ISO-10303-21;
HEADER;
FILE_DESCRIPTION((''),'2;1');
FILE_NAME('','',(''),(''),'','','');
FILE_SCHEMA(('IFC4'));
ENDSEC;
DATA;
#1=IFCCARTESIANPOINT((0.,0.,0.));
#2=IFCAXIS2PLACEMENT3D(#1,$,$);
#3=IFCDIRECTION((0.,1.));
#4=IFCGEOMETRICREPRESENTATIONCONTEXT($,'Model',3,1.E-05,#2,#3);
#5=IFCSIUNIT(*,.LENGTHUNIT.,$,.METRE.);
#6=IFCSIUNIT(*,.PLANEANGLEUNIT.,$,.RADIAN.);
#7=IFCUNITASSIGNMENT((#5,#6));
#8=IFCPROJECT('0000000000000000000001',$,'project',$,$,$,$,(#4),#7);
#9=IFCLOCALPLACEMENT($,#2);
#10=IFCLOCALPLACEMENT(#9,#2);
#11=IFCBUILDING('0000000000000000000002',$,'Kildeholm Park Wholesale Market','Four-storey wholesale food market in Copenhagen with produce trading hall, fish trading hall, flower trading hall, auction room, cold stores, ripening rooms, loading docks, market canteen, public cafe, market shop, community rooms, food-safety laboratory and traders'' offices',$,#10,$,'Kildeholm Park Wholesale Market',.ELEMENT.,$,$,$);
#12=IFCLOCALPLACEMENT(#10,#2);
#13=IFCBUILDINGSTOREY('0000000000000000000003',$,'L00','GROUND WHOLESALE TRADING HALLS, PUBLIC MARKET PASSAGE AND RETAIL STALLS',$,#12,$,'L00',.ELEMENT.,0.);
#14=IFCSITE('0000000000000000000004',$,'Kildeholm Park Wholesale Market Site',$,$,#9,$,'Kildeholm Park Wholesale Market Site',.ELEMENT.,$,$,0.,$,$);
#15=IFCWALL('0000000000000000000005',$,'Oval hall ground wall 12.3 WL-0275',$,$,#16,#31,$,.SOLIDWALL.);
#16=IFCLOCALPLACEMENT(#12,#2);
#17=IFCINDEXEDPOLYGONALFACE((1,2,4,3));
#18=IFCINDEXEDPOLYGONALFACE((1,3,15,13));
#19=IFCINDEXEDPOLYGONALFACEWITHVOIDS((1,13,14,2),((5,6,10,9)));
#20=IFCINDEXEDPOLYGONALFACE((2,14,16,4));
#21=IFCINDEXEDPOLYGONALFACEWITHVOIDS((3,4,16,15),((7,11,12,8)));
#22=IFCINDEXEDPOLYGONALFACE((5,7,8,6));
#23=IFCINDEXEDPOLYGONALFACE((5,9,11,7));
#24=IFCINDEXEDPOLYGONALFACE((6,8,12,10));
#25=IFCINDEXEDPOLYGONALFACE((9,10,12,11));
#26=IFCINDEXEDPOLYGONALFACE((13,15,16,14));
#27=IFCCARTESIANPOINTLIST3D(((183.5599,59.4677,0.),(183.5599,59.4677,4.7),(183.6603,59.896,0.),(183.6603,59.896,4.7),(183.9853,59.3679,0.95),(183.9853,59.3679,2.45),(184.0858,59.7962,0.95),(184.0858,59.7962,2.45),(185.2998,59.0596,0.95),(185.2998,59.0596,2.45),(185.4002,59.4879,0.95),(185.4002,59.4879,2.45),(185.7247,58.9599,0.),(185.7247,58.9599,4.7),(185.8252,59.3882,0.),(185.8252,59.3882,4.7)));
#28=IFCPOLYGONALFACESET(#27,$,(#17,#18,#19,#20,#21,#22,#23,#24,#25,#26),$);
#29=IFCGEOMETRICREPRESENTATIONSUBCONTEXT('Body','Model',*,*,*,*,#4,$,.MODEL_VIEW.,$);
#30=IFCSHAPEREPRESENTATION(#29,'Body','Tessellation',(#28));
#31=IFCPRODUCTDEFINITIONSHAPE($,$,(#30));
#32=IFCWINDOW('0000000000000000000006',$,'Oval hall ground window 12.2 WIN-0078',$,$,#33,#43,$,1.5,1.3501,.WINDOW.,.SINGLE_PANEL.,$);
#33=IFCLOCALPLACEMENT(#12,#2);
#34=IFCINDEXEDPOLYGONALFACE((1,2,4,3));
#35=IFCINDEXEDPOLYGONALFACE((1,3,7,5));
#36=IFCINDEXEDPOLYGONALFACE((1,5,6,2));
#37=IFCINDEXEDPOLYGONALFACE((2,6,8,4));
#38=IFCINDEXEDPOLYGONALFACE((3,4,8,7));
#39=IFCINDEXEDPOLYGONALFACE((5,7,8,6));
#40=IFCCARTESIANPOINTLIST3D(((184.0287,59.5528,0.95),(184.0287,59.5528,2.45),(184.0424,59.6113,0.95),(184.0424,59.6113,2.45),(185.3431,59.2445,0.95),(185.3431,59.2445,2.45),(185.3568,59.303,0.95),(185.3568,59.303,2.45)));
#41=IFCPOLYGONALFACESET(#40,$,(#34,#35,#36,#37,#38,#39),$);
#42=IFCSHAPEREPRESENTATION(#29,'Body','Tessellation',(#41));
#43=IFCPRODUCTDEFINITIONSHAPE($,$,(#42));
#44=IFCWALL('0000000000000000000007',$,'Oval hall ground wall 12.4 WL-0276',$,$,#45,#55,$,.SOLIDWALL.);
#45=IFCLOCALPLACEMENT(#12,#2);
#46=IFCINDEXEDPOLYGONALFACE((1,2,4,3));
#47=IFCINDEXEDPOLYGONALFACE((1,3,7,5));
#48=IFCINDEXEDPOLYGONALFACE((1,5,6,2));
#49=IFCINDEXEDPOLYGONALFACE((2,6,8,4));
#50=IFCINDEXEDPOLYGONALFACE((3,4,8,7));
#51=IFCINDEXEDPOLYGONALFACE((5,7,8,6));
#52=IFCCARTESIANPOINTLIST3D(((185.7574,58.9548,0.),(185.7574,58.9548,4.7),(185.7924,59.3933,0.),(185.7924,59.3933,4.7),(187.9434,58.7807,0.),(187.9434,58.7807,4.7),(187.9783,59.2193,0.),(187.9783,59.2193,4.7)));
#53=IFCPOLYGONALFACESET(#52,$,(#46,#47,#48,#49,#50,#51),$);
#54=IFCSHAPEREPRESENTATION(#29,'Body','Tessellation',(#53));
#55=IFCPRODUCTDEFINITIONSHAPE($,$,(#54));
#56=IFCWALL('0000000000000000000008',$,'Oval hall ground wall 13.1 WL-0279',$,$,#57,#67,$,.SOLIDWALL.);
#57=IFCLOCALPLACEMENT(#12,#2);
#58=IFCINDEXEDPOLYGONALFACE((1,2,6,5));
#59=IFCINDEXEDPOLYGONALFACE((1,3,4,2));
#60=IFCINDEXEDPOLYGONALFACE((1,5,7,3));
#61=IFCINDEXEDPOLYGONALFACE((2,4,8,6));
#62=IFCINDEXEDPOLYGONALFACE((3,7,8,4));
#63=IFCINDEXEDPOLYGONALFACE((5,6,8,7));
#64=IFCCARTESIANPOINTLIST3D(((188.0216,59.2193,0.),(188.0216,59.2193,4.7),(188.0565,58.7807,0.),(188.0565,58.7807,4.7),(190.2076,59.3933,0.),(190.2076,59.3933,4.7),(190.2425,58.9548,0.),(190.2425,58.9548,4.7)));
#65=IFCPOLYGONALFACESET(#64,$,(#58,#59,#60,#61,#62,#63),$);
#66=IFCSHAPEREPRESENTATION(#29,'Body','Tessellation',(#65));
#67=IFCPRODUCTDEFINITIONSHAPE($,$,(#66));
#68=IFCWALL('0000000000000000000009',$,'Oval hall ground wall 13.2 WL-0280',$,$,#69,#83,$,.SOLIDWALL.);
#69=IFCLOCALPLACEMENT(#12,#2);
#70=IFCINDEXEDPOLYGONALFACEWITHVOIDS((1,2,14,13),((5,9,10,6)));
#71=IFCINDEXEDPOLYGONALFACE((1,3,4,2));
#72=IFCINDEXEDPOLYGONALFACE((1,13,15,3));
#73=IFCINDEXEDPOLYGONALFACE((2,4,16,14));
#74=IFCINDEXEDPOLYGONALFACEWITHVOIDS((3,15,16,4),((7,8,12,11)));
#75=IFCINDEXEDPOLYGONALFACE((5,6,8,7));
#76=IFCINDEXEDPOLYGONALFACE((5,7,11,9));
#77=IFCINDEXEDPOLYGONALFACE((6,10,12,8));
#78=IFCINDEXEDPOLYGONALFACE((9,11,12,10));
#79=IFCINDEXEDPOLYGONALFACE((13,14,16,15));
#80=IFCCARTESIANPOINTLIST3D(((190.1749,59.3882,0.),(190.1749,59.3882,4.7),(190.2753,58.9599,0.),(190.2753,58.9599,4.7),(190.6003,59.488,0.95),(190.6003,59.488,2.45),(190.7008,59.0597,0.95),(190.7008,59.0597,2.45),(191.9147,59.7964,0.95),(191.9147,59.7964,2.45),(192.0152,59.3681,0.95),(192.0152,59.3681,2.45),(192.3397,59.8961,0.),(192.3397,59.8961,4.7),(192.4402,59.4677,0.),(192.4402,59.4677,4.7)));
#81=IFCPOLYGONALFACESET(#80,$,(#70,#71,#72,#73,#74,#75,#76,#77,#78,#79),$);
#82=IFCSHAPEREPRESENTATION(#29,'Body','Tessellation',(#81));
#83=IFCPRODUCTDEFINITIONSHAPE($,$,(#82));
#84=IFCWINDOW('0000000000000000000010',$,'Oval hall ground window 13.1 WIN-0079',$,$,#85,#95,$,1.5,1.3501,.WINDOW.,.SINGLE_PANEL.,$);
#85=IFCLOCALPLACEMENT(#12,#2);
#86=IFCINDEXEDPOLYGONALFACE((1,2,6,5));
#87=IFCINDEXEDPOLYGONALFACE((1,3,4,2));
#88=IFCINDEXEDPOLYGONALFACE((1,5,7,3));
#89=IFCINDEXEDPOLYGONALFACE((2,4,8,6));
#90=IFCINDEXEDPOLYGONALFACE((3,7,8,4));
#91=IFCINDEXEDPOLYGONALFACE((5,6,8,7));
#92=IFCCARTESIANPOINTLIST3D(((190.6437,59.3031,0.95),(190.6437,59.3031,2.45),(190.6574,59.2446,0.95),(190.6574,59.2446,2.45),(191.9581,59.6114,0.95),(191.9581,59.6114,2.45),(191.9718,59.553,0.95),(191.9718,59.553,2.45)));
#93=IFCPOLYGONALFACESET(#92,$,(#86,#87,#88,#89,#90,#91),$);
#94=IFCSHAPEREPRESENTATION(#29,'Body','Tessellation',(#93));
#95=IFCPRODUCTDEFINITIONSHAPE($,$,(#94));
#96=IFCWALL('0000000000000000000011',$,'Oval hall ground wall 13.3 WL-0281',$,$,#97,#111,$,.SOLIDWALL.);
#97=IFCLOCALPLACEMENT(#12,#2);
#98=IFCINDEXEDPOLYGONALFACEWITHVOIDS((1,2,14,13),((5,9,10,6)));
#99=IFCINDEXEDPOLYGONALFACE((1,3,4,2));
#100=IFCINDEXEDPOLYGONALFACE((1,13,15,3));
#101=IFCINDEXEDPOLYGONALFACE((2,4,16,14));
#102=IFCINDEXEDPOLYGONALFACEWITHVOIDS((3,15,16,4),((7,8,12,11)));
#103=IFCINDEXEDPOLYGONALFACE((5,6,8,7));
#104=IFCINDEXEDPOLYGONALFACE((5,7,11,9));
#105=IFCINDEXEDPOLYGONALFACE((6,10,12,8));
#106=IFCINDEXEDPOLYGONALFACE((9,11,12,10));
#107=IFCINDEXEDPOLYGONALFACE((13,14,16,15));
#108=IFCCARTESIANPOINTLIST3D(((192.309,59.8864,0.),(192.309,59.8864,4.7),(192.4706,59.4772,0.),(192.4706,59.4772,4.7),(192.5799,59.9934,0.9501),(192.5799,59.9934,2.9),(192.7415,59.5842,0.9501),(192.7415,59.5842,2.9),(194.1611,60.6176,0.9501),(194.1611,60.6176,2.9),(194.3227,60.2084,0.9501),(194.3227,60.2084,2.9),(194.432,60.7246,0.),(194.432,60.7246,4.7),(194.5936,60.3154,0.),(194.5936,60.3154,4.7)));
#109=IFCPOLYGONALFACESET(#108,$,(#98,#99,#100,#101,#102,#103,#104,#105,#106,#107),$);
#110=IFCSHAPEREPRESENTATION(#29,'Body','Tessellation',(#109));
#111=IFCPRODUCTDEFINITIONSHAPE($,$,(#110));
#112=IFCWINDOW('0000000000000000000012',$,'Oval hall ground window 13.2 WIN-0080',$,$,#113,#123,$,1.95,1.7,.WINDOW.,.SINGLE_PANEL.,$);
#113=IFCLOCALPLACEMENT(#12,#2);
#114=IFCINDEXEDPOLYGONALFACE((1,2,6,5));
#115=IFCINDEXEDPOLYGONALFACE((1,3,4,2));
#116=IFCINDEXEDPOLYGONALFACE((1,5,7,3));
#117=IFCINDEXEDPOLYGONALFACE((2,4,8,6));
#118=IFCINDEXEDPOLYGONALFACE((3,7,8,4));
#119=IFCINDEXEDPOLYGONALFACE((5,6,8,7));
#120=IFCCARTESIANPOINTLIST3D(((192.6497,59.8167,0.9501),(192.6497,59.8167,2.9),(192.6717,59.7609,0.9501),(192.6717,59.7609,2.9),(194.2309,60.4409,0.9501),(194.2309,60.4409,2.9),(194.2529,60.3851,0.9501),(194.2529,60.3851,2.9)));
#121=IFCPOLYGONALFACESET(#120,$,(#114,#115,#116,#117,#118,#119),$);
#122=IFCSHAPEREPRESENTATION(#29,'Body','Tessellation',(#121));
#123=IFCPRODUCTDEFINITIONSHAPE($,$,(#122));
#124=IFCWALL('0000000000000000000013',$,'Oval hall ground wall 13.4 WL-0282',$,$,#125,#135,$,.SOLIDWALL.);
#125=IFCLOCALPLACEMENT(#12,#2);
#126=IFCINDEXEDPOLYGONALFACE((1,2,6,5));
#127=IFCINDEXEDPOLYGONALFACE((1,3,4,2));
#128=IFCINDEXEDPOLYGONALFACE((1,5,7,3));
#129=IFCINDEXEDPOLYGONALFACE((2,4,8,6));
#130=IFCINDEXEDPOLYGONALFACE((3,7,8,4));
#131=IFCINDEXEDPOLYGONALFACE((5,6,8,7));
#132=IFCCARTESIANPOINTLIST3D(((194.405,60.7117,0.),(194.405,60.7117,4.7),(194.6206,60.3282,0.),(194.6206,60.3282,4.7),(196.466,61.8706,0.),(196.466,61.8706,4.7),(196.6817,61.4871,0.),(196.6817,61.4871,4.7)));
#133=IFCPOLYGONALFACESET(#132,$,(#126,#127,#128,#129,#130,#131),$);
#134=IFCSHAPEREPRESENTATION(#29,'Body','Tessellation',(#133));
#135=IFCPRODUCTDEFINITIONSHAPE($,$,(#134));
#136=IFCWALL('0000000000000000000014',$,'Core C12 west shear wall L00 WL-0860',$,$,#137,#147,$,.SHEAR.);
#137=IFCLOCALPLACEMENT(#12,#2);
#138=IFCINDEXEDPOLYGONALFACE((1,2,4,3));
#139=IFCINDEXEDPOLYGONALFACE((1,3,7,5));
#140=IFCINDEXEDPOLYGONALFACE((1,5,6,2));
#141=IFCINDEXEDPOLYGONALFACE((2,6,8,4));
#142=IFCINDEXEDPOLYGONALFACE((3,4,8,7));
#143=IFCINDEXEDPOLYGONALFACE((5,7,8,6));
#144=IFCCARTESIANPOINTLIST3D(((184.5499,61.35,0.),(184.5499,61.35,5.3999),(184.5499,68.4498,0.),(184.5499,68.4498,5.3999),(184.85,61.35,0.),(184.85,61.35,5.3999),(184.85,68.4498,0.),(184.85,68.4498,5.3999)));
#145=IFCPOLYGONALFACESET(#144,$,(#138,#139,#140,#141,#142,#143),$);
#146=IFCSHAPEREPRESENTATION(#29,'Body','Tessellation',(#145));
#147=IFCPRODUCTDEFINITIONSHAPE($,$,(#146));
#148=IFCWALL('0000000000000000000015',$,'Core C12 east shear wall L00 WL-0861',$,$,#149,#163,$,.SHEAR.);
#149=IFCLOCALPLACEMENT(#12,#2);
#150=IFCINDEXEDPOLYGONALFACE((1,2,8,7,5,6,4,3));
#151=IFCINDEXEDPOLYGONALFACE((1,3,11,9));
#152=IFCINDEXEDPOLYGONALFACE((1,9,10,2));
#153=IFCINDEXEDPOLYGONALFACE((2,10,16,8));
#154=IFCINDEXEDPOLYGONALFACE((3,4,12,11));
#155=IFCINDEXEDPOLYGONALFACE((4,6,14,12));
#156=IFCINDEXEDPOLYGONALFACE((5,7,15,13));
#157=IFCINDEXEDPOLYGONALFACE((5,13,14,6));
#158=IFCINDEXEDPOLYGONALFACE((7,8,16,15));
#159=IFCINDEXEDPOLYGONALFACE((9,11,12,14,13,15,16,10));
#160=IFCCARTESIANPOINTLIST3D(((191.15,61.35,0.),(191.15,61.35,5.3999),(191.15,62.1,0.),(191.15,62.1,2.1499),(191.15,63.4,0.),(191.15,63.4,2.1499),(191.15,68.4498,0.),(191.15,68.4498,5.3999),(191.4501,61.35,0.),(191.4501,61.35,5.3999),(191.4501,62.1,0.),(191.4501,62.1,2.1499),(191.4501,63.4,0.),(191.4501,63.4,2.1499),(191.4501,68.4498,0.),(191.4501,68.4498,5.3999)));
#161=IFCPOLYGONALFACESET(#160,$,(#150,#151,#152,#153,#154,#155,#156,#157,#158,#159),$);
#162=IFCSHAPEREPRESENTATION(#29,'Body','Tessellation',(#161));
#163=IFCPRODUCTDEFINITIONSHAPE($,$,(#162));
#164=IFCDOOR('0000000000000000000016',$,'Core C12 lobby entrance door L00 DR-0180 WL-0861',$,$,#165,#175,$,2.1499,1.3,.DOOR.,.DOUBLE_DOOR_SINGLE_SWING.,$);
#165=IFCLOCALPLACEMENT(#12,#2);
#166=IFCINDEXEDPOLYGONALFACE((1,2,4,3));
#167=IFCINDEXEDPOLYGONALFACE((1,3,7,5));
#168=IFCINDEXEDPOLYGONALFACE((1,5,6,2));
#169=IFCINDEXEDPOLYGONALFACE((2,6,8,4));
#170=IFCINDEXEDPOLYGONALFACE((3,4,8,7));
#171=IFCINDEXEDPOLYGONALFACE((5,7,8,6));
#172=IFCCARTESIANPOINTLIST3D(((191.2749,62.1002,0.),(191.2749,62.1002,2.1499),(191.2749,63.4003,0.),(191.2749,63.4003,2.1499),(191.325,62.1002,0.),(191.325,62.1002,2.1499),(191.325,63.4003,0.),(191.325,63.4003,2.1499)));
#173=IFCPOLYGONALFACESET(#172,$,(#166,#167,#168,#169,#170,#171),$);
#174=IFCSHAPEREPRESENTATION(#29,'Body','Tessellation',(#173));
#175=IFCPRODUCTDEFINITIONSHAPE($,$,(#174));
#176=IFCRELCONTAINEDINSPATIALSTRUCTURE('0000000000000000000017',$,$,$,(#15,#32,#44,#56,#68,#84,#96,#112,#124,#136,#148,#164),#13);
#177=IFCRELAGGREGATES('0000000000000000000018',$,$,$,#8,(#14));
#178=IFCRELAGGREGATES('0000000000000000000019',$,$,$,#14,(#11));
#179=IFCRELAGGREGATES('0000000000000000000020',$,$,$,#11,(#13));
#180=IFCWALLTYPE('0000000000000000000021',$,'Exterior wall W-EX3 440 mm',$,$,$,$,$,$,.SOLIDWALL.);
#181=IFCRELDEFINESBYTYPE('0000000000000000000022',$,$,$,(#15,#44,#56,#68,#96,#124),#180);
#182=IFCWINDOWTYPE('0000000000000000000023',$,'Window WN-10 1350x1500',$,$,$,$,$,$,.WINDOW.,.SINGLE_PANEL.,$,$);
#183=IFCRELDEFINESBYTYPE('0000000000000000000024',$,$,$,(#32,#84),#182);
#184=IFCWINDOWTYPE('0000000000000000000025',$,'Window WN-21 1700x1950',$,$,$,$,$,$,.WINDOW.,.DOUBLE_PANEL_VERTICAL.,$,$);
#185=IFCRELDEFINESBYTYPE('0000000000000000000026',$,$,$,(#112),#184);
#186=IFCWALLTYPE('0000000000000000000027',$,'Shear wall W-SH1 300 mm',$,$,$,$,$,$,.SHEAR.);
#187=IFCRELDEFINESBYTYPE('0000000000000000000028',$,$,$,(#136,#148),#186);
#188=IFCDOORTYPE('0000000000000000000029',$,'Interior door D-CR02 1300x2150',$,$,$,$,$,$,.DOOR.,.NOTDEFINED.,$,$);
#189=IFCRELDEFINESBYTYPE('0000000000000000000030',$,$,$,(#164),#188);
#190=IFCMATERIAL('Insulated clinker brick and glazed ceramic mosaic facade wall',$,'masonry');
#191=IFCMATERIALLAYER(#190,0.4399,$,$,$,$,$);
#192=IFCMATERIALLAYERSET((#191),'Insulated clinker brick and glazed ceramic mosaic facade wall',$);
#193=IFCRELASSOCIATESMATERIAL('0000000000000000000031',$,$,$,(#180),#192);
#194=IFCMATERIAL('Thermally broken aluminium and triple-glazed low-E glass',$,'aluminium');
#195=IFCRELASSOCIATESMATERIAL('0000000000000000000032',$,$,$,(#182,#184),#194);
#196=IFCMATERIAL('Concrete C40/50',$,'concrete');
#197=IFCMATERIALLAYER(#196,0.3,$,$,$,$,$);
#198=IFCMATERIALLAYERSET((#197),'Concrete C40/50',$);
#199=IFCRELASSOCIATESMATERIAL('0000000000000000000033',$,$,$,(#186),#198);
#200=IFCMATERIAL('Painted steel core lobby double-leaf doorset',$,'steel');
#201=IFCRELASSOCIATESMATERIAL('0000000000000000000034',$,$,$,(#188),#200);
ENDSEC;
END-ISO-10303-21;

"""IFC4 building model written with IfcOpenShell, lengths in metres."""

from ifc_helpers import new_model, si_unit, direction, frame, frame_2d, origin, place, context, subcontext, project, spatial, rectangle, extrude, material, layer, layer_set, type_object, element, fill, save


model = new_model("IFC4")

# Units and contexts
model_context = context("Model", 3, precision=1e-05, world=origin(), true_north=direction((0.0, 1.0)))
body_context = subcontext(model_context, "Body", "Model", "MODEL_VIEW")
ifc_project = project(units=[si_unit("LENGTHUNIT", "METRE"), si_unit("PLANEANGLEUNIT", "RADIAN")], contexts=[model_context])

# Site, building, storey
site_placement = place(None, origin())
site = spatial("IfcSite", under=ifc_project, at=site_placement, Name="Kildeholm Park Wholesale Market Site", LongName="Kildeholm Park Wholesale Market Site", CompositionType="ELEMENT", RefElevation=0.0)
building_placement = place(site_placement, origin())
building = spatial("IfcBuilding", under=site, at=building_placement, Name="Kildeholm Park Wholesale Market", Description="Four-storey wholesale food market in Copenhagen with produce trading hall, fish trading hall, flower trading hall, auction room, cold stores, ripening rooms, loading docks, market canteen, public cafe, market shop, community rooms, food-safety laboratory and traders' offices", LongName="Kildeholm Park Wholesale Market", CompositionType="ELEMENT")
storey_placement = place(building_placement, origin())
storey = spatial("IfcBuildingStorey", under=building, at=storey_placement, Name="L00", Description="GROUND WHOLESALE TRADING HALLS, PUBLIC MARKET PASSAGE AND RETAIL STALLS", LongName="L00", CompositionType="ELEMENT", Elevation=0.0)

# Shared definitions
ifc_material_1 = material(Name="Insulated clinker brick and glazed ceramic mosaic facade wall", Category="masonry")
ifc_layer_1 = layer(ifc_material_1, 0.4399)
ifc_layer_set_1 = layer_set([ifc_layer_1], Name="Insulated clinker brick and glazed ceramic mosaic facade wall")
wall_type_1 = type_object("IfcWallType", Name="Exterior wall W-EX3 440 mm", PredefinedType="SOLIDWALL", material=ifc_layer_set_1)

# Wall, opening, window
ifc_material_2 = material(Name="Thermally broken aluminium and triple-glazed low-E glass", Category="aluminium")
wall_1_placement = place(storey_placement, frame((183.6101, 59.6819, 0.0), z_axis=(0.0, 0.0, 1.0), x_axis=(0.973572, -0.228378, 0.0)))
wall_1 = element("IfcWall", 1, at=wall_1_placement, inside=storey, type_object=wall_type_1, Name="Oval hall ground wall 12.3 WL-0275", PredefinedType="SOLIDWALL", context=body_context, shape_type="SweptSolid", body=[
    extrude(rectangle(XDim=2.2236, YDim=0.4399, at=frame_2d((1.1118, 0.0))), origin(), (0.0, 0.0, 1.0), 4.7),
])
opening_1_placement = place(wall_1_placement, frame((0.437, 0.0, 0.95)))
opening_1 = element("IfcOpeningElement", 2, at=opening_1_placement, cuts=wall_1, PredefinedType="OPENING", context=body_context, shape_type="SweptSolid", body=[
    extrude(rectangle(XDim=1.3501, YDim=1.5, at=frame_2d((0.675, 0.75))), frame((0.0, 0.23, 0.0), z_axis=(0.0, -1.0, 0.0), x_axis=(1.0, 0.0, 0.0)), (0.0, 0.0, 1.0), 0.46),
])
window_type_1 = type_object("IfcWindowType", Name="Window WN-10 1350x1500", PartitioningType="SINGLE_PANEL", PredefinedType="WINDOW", material=ifc_material_2)
window_1_placement = place(opening_1_placement, origin())
window_1 = element("IfcWindow", 3, at=window_1_placement, inside=storey, type_object=window_type_1, Name="Oval hall ground window 12.2 WIN-0078", OverallHeight=1.5, OverallWidth=1.3501, PartitioningType="SINGLE_PANEL", PredefinedType="WINDOW", context=body_context, shape_type="SweptSolid", body=[
    extrude(rectangle(XDim=1.3501, YDim=1.5, at=frame_2d((0.675, 0.75))), frame((0.0, 0.03, 0.0), z_axis=(0.0, -1.0, 0.0), x_axis=(1.0, 0.0, 0.0)), (0.0, 0.0, 1.0), 0.0601),
])
fill(opening_1, window_1)

# Walls
for number, where, z_axis, x_axis, name in (
    (4, (185.7749, 59.1741, 0.0), (0.0, 0.0, 1.0), (0.996845, -0.079378, 0.0), "Oval hall ground wall 12.4 WL-0276"),
    (5, (188.0391, 59.0, 0.0), (0.0, 0.0, 1.0), (0.996845, 0.079378, 0.0), "Oval hall ground wall 13.1 WL-0279"),
):
    element("IfcWall", number, at=place(storey_placement, frame(where, z_axis=z_axis, x_axis=x_axis)), inside=storey, type_object=wall_type_1, Name=name, PredefinedType="SOLIDWALL", context=body_context, shape_type="SweptSolid", body=[
        extrude(rectangle(XDim=2.1929, YDim=0.4399, at=frame_2d((1.0964, 0.0))), origin(), (0.0, 0.0, 1.0), 4.7),
    ])

# Walls, openings, windows
wall_2_placement = place(storey_placement, frame((190.2251, 59.1741, 0.0), z_axis=(0.0, 0.0, 1.0), x_axis=(0.973572, 0.228378, 0.0)))
wall_2 = element("IfcWall", 6, at=wall_2_placement, inside=storey, type_object=wall_type_1, Name="Oval hall ground wall 13.2 WL-0280", PredefinedType="SOLIDWALL", context=body_context, shape_type="SweptSolid", body=[
    extrude(rectangle(XDim=2.2236, YDim=0.4399, at=frame_2d((1.1118, 0.0))), origin(), (0.0, 0.0, 1.0), 4.7),
])
opening_2_placement = place(wall_2_placement, frame((0.437, 0.0, 0.95)))
opening_2 = element("IfcOpeningElement", 7, at=opening_2_placement, cuts=wall_2, PredefinedType="OPENING", context=body_context, shape_type="SweptSolid", body=[
    extrude(rectangle(XDim=1.3501, YDim=1.5, at=frame_2d((0.675, 0.75))), frame((0.0, 0.23, 0.0), z_axis=(0.0, -1.0, 0.0), x_axis=(1.0, 0.0, 0.0)), (0.0, 0.0, 1.0), 0.46),
])
window_2_placement = place(opening_2_placement, origin())
window_2 = element("IfcWindow", 8, at=window_2_placement, inside=storey, type_object=window_type_1, Name="Oval hall ground window 13.1 WIN-0079", OverallHeight=1.5, OverallWidth=1.3501, PartitioningType="SINGLE_PANEL", PredefinedType="WINDOW", context=body_context, shape_type="SweptSolid", body=[
    extrude(rectangle(XDim=1.3501, YDim=1.5, at=frame_2d((0.675, 0.75))), frame((0.0, 0.03, 0.0), z_axis=(0.0, -1.0, 0.0), x_axis=(1.0, 0.0, 0.0)), (0.0, 0.0, 1.0), 0.0601),
])
fill(opening_2, window_2)
wall_3_placement = place(storey_placement, frame((192.3899, 59.6819, 0.0), z_axis=(0.0, 0.0, 1.0), x_axis=(0.930142, 0.367201, 0.0)))
wall_3 = element("IfcWall", 9, at=wall_3_placement, inside=storey, type_object=wall_type_1, Name="Oval hall ground wall 13.3 WL-0281", PredefinedType="SOLIDWALL", context=body_context, shape_type="SweptSolid", body=[
    extrude(rectangle(XDim=2.2825, YDim=0.4399, at=frame_2d((1.1411, 0.0))), origin(), (0.0, 0.0, 1.0), 4.7),
])
opening_3_placement = place(wall_3_placement, frame((0.291, 0.0, 0.95)))
opening_3 = element("IfcOpeningElement", 10, at=opening_3_placement, cuts=wall_3, PredefinedType="OPENING", context=body_context, shape_type="SweptSolid", body=[
    extrude(rectangle(XDim=1.7, YDim=1.95, at=frame_2d((0.8501, 0.9751))), frame((0.0, 0.23, 0.0), z_axis=(0.0, -1.0, 0.0), x_axis=(1.0, 0.0, 0.0)), (0.0, 0.0, 1.0), 0.46),
])
window_type_2 = type_object("IfcWindowType", Name="Window WN-21 1700x1950", PartitioningType="DOUBLE_PANEL_VERTICAL", PredefinedType="WINDOW", material=ifc_material_2)
window_3_placement = place(opening_3_placement, origin())
window_3 = element("IfcWindow", 11, at=window_3_placement, inside=storey, type_object=window_type_2, Name="Oval hall ground window 13.2 WIN-0080", OverallHeight=1.95, OverallWidth=1.7, PartitioningType="SINGLE_PANEL", PredefinedType="WINDOW", context=body_context, shape_type="SweptSolid", body=[
    extrude(rectangle(XDim=1.7, YDim=1.95, at=frame_2d((0.8501, 0.9751))), frame((0.0, 0.03, 0.0), z_axis=(0.0, -1.0, 0.0), x_axis=(1.0, 0.0, 0.0)), (0.0, 0.0, 1.0), 0.0601),
])
fill(opening_3, window_3)

# Wall
wall_4_placement = place(storey_placement, frame((194.5129, 60.52, 0.0), z_axis=(0.0, 0.0, 1.0), x_axis=(0.871647, 0.490134, 0.0)))
element("IfcWall", 12, at=wall_4_placement, inside=storey, type_object=wall_type_1, Name="Oval hall ground wall 13.4 WL-0282", PredefinedType="SOLIDWALL", context=body_context, shape_type="SweptSolid", body=[
    extrude(rectangle(XDim=2.3645, YDim=0.4399, at=frame_2d((1.1821, 0.0))), origin(), (0.0, 0.0, 1.0), 4.7),
])

# Shared definitions
ifc_material_3 = material(Name="Concrete C40/50", Category="concrete")
ifc_layer_2 = layer(ifc_material_3, 0.3)
ifc_layer_set_2 = layer_set([ifc_layer_2], Name="Concrete C40/50")
wall_type_2 = type_object("IfcWallType", Name="Shear wall W-SH1 300 mm", PredefinedType="SHEAR", material=ifc_layer_set_2)

# Wall
wall_5_placement = place(storey_placement, frame((184.7, 61.3501, 0.0), z_axis=(0.0, 0.0, 1.0), x_axis=(0.0, 1.0, 0.0)))
element("IfcWall", 13, at=wall_5_placement, inside=storey, type_object=wall_type_2, Name="Core C12 west shear wall L00 WL-0860", PredefinedType="SHEAR", context=body_context, shape_type="SweptSolid", body=[
    extrude(rectangle(XDim=7.0999, YDim=0.3, at=frame_2d((3.5498, 0.0))), origin(), (0.0, 0.0, 1.0), 5.3999),
])

# Wall, opening, door
wall_6_placement = place(storey_placement, frame((191.3, 61.3501, 0.0), z_axis=(0.0, 0.0, 1.0), x_axis=(0.0, 1.0, 0.0)))
wall_6 = element("IfcWall", 14, at=wall_6_placement, inside=storey, type_object=wall_type_2, Name="Core C12 east shear wall L00 WL-0861", PredefinedType="SHEAR", context=body_context, shape_type="SweptSolid", body=[
    extrude(rectangle(XDim=7.0999, YDim=0.3, at=frame_2d((3.5498, 0.0))), origin(), (0.0, 0.0, 1.0), 5.3999),
])
opening_4_placement = place(wall_6_placement, frame((0.75, 0.0, 0.0)))
opening_4 = element("IfcOpeningElement", 15, at=opening_4_placement, cuts=wall_6, PredefinedType="OPENING", context=body_context, shape_type="SweptSolid", body=[
    extrude(rectangle(XDim=1.3, YDim=2.1499, at=frame_2d((0.6499, 1.075))), frame((0.0, 0.1599, 0.0), z_axis=(0.0, -1.0, 0.0), x_axis=(1.0, 0.0, 0.0)), (0.0, 0.0, 1.0), 0.3201),
])
ifc_material_4 = material(Name="Painted steel core lobby double-leaf doorset", Category="steel")
door_type_1 = type_object("IfcDoorType", Name="Interior door D-CR02 1300x2150", OperationType="NOTDEFINED", PredefinedType="DOOR", material=ifc_material_4)
door_1_placement = place(opening_4_placement, frame((1.3, 0.0, 0.0), z_axis=(0.0, 0.0, 1.0), x_axis=(-1.0, 0.0, 0.0)))
door_1 = element("IfcDoor", 16, at=door_1_placement, inside=storey, type_object=door_type_1, Name="Core C12 lobby entrance door L00 DR-0180 WL-0861", OperationType="DOUBLE_DOOR_SINGLE_SWING", OverallHeight=2.1499, OverallWidth=1.3, PredefinedType="DOOR", context=body_context, shape_type="SweptSolid", body=[
    extrude(rectangle(XDim=1.3, YDim=2.1499, at=frame_2d((0.6499, 1.075))), frame((0.0, 0.0249, 0.0), z_axis=(0.0, -1.0, 0.0), x_axis=(1.0, 0.0, 0.0)), (0.0, 0.0, 1.0), 0.05),
])
fill(opening_4, door_1)

save(model, "model.ifc")
